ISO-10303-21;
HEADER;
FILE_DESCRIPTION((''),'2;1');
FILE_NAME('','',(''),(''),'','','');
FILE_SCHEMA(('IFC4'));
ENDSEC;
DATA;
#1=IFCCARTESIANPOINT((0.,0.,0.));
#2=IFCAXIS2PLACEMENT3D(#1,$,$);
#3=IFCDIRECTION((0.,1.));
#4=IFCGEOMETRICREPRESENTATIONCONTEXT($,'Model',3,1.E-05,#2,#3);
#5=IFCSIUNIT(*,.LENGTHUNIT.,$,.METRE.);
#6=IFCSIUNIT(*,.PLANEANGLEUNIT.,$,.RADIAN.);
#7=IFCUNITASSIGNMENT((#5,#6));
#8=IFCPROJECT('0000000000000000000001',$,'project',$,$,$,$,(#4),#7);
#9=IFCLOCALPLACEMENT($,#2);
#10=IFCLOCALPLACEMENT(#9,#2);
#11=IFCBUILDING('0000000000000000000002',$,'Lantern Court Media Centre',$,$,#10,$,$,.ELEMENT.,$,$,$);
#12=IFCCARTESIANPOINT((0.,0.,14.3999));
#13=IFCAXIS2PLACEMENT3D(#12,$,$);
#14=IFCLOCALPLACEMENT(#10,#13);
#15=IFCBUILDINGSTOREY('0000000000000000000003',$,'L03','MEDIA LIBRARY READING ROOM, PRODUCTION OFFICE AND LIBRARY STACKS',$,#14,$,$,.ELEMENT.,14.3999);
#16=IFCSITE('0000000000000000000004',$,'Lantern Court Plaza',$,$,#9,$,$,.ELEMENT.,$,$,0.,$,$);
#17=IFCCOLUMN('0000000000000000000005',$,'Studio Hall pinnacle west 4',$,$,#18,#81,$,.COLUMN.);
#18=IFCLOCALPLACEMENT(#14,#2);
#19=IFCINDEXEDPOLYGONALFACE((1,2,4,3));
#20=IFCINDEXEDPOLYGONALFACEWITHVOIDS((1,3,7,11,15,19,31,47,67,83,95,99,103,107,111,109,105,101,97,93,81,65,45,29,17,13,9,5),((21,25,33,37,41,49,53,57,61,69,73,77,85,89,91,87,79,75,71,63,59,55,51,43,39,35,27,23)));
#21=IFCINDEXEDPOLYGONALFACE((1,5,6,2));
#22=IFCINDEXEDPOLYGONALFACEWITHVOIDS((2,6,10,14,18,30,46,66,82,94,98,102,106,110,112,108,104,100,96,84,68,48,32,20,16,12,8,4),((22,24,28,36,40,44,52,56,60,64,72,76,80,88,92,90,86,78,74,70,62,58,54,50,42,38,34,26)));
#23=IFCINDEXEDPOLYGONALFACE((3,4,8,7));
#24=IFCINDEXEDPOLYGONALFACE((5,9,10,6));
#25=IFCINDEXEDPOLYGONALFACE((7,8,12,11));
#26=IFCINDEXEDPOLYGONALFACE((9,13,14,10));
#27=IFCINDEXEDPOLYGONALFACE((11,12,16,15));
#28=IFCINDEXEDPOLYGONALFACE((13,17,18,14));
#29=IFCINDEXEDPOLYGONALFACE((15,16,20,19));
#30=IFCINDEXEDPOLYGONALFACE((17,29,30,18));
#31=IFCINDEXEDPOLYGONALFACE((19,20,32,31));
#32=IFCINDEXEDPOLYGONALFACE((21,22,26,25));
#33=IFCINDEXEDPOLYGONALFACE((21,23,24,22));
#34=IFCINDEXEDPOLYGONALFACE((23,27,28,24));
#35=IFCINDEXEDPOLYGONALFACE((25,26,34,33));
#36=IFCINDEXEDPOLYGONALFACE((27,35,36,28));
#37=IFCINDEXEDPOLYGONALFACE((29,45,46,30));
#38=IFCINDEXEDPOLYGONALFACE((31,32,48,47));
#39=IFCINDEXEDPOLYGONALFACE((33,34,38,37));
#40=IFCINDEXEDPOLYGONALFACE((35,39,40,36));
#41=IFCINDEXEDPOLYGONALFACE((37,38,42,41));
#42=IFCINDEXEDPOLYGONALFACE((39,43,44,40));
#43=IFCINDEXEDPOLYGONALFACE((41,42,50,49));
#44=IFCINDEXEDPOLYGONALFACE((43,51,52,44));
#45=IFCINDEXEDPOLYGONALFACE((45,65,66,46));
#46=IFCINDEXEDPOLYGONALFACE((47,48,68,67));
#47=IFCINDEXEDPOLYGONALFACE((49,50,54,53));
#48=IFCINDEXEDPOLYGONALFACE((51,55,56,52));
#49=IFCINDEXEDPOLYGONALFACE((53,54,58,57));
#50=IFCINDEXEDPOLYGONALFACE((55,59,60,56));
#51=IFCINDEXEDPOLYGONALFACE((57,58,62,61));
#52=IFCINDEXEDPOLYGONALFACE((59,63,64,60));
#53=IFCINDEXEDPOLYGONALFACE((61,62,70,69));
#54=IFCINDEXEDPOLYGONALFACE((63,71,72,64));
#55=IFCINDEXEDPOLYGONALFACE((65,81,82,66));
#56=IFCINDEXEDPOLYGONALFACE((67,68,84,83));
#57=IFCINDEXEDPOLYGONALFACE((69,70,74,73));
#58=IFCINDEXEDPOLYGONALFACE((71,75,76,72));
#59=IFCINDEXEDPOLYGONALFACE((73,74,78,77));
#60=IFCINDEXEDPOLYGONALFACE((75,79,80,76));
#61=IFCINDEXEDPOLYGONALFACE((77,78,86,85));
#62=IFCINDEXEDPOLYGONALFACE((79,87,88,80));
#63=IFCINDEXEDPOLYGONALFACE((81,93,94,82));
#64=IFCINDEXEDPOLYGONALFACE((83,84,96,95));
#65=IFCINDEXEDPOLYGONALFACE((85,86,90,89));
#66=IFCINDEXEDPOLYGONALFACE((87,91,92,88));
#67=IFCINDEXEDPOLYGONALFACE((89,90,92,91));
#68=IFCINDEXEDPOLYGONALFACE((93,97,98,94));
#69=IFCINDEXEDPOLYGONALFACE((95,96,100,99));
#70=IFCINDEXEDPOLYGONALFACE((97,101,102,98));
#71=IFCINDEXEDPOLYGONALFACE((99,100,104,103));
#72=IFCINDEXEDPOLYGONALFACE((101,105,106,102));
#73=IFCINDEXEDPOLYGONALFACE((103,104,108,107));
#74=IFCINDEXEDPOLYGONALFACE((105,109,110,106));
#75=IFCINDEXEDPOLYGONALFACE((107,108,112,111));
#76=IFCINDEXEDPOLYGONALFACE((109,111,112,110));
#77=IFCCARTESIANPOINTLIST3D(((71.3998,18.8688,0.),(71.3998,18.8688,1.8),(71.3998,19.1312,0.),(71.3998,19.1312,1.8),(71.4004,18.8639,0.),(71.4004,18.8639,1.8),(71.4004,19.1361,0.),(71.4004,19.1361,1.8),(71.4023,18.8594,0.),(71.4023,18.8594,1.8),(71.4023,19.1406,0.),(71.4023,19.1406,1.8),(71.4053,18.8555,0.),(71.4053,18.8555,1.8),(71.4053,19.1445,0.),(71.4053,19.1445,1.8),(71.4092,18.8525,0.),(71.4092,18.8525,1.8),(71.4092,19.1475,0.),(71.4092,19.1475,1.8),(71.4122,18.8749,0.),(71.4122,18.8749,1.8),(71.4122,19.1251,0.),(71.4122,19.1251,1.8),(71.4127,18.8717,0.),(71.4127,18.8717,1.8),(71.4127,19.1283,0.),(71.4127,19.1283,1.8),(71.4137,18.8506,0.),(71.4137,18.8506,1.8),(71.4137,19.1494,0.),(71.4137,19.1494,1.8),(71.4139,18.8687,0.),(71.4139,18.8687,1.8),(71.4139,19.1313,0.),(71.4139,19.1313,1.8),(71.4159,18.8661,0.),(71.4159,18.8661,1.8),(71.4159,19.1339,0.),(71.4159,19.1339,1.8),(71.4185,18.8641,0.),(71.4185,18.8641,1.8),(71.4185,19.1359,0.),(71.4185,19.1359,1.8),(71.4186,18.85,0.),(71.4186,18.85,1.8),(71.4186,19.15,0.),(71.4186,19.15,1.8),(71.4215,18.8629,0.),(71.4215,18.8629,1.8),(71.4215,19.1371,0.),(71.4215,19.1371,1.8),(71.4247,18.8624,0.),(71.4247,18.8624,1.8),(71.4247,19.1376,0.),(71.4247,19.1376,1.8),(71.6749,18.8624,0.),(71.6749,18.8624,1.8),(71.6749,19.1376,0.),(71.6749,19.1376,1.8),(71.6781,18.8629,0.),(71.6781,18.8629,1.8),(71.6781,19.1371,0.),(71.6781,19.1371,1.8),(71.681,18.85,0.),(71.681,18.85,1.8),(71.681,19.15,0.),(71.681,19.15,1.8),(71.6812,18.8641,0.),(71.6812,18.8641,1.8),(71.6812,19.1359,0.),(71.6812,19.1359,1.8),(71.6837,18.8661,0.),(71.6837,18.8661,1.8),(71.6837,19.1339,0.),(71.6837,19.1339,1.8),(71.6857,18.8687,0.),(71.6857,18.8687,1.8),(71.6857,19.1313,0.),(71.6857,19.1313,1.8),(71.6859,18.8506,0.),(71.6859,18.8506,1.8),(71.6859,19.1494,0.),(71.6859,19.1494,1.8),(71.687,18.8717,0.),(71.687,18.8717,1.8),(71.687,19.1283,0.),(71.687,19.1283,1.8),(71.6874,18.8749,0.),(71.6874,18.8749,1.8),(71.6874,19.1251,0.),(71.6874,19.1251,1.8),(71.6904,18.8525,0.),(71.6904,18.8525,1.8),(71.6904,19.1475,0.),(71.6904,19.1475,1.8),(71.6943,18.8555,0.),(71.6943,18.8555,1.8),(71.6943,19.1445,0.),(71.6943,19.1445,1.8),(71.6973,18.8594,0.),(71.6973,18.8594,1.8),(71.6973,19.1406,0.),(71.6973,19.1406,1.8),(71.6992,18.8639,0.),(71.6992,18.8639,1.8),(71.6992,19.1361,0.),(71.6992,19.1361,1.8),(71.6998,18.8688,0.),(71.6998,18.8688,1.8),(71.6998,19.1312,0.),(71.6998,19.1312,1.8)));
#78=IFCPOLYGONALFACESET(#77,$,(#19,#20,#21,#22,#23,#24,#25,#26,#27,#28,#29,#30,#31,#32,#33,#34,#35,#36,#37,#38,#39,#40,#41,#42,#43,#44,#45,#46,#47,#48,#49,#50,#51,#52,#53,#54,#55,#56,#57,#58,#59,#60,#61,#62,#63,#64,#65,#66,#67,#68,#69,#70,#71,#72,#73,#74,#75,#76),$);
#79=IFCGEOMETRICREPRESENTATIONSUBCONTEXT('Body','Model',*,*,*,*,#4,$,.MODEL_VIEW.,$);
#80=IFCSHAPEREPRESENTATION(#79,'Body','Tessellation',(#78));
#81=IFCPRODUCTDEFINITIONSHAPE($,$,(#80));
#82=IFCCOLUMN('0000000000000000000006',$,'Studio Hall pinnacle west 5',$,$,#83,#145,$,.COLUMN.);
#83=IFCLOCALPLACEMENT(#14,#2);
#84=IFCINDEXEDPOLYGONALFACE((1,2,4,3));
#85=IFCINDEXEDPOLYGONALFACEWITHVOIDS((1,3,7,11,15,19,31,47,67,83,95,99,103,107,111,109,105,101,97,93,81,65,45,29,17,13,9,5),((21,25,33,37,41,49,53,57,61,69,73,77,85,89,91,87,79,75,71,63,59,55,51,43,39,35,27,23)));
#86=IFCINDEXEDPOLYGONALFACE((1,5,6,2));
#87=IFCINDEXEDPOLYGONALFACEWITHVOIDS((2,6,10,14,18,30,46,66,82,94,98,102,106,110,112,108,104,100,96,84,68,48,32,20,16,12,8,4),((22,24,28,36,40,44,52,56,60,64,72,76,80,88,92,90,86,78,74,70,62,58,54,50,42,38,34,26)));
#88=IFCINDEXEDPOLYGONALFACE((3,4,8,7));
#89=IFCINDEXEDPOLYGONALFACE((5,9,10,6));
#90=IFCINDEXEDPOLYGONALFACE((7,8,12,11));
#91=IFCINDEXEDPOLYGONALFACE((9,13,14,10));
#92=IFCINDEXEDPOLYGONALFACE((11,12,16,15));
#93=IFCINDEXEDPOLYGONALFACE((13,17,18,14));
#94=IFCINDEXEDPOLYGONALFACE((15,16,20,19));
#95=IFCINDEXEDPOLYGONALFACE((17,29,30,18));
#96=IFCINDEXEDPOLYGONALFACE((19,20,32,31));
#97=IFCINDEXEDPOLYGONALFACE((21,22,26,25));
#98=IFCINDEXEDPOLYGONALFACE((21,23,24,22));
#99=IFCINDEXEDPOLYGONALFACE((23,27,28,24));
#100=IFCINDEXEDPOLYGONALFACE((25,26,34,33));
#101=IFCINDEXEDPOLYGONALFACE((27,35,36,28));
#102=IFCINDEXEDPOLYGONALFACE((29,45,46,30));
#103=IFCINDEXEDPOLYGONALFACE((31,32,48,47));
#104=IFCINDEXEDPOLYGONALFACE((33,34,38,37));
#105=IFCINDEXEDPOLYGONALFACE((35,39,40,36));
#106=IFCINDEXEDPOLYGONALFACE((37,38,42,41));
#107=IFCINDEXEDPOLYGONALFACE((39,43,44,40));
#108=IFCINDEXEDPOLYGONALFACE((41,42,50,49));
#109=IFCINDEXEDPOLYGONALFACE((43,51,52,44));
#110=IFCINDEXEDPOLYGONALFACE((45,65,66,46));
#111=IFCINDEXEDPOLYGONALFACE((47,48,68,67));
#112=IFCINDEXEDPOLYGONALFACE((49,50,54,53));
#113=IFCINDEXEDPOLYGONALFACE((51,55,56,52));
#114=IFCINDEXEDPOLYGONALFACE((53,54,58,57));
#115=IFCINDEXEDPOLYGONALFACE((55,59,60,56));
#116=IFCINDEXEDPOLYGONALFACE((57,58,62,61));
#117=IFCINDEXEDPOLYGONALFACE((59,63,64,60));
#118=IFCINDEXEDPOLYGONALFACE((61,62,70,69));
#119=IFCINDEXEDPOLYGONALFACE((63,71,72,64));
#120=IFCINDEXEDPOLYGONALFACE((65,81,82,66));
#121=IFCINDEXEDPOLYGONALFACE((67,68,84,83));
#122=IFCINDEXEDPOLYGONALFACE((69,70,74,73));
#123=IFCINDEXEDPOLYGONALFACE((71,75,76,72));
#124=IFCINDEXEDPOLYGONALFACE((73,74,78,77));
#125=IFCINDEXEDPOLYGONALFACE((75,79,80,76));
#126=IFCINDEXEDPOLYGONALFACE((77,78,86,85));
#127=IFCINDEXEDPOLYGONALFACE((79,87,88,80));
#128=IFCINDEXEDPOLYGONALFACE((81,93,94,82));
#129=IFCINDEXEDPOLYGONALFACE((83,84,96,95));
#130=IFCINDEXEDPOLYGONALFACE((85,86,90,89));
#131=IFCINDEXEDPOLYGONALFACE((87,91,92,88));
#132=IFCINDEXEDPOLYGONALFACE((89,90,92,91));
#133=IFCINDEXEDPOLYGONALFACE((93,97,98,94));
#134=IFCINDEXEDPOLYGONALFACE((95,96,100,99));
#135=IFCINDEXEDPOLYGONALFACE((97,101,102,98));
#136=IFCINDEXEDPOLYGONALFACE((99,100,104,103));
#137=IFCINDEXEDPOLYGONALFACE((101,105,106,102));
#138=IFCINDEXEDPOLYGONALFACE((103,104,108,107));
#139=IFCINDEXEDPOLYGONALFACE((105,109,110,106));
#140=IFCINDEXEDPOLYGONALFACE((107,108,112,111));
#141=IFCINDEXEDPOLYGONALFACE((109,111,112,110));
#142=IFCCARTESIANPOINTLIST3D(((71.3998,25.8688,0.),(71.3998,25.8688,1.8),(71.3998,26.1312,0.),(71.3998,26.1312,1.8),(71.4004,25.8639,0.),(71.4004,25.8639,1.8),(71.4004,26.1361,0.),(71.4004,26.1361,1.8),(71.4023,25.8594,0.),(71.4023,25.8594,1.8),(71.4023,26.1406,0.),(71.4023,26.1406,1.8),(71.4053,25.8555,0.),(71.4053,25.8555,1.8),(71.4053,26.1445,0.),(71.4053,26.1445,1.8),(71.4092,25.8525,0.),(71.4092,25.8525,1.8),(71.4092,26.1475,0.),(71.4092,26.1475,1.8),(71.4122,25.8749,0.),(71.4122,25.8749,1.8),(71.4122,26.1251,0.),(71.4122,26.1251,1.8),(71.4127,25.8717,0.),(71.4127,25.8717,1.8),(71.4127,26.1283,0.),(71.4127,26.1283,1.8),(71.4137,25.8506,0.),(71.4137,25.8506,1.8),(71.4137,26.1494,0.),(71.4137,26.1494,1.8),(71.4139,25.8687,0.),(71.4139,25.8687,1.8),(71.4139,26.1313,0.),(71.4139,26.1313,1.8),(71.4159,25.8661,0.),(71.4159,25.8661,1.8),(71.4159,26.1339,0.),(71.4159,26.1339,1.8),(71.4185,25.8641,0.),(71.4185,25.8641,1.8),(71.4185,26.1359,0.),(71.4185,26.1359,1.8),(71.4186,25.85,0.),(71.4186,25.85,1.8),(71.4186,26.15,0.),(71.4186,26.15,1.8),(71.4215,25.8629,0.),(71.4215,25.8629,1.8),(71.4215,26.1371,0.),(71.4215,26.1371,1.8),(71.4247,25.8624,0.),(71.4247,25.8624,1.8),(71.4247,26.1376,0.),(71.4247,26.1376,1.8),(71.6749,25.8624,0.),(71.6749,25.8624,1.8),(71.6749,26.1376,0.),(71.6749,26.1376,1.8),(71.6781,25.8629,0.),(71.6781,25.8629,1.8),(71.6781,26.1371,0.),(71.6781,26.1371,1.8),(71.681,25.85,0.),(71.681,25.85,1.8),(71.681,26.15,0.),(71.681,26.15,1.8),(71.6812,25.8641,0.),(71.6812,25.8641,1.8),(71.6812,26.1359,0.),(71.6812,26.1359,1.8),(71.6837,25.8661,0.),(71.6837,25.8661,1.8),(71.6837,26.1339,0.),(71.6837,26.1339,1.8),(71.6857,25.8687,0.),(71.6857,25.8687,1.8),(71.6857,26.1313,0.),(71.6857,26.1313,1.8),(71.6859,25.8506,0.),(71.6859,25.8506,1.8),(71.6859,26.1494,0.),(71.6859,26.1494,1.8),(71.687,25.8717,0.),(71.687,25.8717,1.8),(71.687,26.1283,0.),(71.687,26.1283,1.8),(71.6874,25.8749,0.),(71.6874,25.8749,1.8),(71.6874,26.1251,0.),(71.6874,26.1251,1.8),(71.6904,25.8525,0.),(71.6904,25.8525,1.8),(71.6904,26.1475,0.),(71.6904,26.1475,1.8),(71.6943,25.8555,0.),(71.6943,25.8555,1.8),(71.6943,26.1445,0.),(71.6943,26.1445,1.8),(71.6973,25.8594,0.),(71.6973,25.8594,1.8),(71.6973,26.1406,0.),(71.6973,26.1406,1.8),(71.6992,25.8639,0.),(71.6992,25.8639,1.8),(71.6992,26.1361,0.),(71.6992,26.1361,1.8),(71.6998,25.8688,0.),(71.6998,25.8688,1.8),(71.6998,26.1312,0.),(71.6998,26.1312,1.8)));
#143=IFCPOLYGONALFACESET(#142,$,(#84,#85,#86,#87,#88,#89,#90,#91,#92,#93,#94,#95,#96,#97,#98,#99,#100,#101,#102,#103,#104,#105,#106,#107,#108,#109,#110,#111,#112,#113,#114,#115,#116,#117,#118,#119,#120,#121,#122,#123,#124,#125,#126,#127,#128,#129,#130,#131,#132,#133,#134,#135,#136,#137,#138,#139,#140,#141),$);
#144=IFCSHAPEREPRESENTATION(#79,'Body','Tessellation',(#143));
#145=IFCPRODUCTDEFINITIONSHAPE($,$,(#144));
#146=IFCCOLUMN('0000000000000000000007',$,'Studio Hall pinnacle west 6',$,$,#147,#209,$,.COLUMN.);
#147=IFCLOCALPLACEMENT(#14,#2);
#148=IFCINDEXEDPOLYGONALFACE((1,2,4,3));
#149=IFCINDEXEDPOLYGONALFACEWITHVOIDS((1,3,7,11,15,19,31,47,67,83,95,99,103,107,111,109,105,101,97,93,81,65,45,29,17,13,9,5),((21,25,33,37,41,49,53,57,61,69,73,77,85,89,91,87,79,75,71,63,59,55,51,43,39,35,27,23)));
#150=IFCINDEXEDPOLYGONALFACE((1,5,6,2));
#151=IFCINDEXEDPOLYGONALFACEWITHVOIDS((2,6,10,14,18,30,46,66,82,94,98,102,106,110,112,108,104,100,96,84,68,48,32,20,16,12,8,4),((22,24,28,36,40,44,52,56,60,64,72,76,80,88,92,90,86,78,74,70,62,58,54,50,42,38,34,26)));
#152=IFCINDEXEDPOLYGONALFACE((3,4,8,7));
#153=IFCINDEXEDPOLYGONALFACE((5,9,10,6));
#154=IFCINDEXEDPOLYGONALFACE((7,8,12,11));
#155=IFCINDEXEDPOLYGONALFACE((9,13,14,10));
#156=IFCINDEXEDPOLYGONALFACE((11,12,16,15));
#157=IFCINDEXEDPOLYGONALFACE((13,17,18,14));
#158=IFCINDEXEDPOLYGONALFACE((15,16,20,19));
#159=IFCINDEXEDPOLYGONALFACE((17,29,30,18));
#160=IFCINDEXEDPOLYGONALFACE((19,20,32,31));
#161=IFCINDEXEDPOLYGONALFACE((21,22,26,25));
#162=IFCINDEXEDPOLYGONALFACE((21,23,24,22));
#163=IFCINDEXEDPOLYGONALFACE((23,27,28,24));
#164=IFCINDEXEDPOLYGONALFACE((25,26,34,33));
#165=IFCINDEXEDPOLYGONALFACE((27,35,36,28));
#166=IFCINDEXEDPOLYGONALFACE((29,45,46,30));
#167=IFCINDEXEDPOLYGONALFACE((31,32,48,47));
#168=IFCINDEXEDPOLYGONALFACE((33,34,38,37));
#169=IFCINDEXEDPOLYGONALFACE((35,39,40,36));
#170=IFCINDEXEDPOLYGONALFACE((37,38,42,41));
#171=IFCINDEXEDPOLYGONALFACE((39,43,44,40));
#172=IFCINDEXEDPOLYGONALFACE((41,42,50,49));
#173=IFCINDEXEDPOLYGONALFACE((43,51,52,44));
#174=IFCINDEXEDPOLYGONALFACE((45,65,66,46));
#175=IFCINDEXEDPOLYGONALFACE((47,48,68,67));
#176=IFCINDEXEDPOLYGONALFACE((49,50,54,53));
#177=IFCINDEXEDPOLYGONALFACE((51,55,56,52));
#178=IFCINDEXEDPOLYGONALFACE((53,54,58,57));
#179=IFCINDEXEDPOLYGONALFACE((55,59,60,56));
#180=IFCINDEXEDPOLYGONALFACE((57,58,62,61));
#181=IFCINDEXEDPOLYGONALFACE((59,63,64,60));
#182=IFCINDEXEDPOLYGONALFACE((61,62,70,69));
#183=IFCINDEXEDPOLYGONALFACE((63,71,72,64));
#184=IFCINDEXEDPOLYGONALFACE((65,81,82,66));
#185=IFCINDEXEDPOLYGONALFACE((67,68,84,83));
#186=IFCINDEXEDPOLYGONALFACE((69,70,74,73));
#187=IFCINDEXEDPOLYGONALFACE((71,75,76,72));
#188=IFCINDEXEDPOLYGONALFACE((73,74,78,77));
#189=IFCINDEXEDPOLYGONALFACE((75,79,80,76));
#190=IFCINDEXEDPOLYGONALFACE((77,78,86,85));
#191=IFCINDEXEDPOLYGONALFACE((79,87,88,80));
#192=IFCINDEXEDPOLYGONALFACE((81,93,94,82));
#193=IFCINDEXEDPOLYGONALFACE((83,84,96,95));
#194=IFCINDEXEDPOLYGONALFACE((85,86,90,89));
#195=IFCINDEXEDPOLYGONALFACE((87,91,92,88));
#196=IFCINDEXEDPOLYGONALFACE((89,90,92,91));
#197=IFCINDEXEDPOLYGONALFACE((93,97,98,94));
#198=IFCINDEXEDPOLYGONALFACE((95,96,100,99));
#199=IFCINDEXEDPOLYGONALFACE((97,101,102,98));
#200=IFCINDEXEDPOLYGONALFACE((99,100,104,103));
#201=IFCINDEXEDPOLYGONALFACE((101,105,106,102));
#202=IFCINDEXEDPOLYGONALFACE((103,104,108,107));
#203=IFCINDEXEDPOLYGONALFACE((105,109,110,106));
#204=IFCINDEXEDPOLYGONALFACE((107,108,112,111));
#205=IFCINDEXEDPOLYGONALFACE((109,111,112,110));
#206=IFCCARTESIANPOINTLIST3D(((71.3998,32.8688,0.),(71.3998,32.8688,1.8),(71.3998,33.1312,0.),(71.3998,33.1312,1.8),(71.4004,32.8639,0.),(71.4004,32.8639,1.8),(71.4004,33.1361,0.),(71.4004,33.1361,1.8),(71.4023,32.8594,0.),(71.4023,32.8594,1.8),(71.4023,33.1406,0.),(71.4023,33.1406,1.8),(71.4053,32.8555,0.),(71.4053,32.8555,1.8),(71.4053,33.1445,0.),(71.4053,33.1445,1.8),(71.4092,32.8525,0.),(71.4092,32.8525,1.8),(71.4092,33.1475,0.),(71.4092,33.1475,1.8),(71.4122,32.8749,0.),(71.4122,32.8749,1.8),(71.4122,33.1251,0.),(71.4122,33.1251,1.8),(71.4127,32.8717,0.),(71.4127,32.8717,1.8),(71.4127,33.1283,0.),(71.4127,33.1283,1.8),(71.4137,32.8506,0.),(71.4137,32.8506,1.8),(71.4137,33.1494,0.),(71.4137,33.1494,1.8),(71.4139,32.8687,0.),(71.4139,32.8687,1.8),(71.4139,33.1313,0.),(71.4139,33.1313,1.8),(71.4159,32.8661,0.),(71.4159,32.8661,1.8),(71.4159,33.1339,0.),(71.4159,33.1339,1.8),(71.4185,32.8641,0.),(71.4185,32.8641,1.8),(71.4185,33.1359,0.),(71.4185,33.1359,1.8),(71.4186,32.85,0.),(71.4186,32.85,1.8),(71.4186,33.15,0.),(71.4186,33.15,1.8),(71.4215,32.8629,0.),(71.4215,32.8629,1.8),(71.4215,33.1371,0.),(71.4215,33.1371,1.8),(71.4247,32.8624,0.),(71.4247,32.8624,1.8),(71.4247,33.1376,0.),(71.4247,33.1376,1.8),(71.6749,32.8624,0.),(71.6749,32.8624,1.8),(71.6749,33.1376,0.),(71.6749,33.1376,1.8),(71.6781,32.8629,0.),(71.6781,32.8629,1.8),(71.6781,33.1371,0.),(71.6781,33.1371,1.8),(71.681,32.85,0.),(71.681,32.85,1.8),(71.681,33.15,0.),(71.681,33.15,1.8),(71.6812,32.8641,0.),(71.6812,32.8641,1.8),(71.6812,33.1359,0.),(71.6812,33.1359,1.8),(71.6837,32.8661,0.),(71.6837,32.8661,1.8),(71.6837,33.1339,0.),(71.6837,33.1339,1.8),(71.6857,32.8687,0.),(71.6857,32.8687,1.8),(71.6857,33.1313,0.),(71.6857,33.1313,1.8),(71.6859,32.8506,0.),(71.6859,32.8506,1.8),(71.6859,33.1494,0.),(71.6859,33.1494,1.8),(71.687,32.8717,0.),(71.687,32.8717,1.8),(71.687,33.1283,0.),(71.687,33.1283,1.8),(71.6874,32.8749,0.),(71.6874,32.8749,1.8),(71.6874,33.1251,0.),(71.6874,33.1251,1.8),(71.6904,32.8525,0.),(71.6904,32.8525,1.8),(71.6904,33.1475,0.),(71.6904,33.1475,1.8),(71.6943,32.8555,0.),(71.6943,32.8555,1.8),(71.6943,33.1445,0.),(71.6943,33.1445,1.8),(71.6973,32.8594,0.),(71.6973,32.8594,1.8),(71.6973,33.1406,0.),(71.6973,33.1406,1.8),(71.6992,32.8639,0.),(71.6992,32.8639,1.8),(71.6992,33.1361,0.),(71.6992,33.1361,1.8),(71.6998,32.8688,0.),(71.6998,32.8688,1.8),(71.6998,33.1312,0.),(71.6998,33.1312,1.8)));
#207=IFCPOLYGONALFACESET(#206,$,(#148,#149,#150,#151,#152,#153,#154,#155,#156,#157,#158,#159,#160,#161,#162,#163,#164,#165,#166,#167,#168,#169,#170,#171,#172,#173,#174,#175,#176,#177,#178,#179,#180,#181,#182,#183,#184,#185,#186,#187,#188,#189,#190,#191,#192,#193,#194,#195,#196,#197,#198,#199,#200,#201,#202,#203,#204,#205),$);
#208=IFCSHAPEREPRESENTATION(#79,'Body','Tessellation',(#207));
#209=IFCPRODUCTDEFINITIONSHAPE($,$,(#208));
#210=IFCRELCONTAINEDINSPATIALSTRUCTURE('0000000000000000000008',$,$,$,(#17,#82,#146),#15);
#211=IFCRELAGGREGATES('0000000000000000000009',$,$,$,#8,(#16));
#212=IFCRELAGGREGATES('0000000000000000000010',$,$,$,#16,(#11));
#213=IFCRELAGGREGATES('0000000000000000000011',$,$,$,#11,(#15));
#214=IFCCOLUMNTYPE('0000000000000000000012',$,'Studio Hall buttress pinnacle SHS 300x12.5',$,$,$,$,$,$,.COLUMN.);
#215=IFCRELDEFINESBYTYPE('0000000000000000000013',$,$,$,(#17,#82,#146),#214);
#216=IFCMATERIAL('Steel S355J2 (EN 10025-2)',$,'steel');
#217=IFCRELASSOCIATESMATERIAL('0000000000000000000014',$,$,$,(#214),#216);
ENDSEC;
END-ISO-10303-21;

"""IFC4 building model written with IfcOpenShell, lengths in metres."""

from ifc_helpers import new_model, si_unit, direction, frame, origin, origin_2d, place, context, subcontext, project, spatial, hollow_rectangle, extrude, material, material_profile, profile_set, type_object, element, save


model = new_model("IFC4")

# Units and contexts
model_context = context("Model", 3, precision=1e-05, world=origin(), true_north=direction((0.0, 1.0)))
body_context = subcontext(model_context, "Body", "Model", "MODEL_VIEW")
ifc_project = project(units=[si_unit("LENGTHUNIT", "METRE"), si_unit("PLANEANGLEUNIT", "RADIAN")], contexts=[model_context])

# Site, building, storey
site_placement = place(None, origin())
site = spatial("IfcSite", under=ifc_project, at=site_placement, Name="Lantern Court Plaza", CompositionType="ELEMENT", RefElevation=0.0)
building_placement = place(site_placement, origin())
building = spatial("IfcBuilding", under=site, at=building_placement, Name="Lantern Court Media Centre", CompositionType="ELEMENT")
storey_placement = place(building_placement, frame((0.0, 0.0, 14.3999)))
storey = spatial("IfcBuildingStorey", under=building, at=storey_placement, Name="L03", Description="MEDIA LIBRARY READING ROOM, PRODUCTION OFFICE AND LIBRARY STACKS", CompositionType="ELEMENT", Elevation=14.3999)

# Columns
ifc_material_1 = material(Name="Steel S355J2 (EN 10025-2)", Category="steel")
ifc_material_profile_1 = material_profile(ifc_material_1, hollow_rectangle(XDim=0.3, YDim=0.3, WallThickness=0.0125, InnerFilletRadius=0.0125, OuterFilletRadius=0.0188, at=origin_2d()), Name="Studio Hall buttress pinnacle SHS 300x12.5")
ifc_profile_set_1 = profile_set([ifc_material_profile_1], Name="Steel S355J2 (EN 10025-2)")
column_type_1 = type_object("IfcColumnType", Name="Studio Hall buttress pinnacle SHS 300x12.5", PredefinedType="COLUMN", material=ifc_profile_set_1)
for number, where, z_axis, x_axis, name in (
    (1, (71.5498, 19.0, 0.0), (0.0, 0.0, 1.0), (1.0, 0.0, 0.0), "Studio Hall pinnacle west 4"),
    (2, (71.5498, 26.0, 0.0), (0.0, 0.0, 1.0), (1.0, 0.0, 0.0), "Studio Hall pinnacle west 5"),
    (3, (71.5498, 33.0, 0.0), (0.0, 0.0, 1.0), (1.0, 0.0, 0.0), "Studio Hall pinnacle west 6"),
):
    element("IfcColumn", number, at=place(storey_placement, frame(where, z_axis=z_axis, x_axis=x_axis)), inside=storey, type_object=column_type_1, Name=name, PredefinedType="COLUMN", context=body_context, shape_type="SweptSolid", body=[
        extrude(hollow_rectangle(XDim=0.3, YDim=0.3, WallThickness=0.0125, InnerFilletRadius=0.0125, OuterFilletRadius=0.0188, at=origin_2d()), origin(), (0.0, 0.0, 1.0), 1.8),
    ])

save(model, "model.ifc")
